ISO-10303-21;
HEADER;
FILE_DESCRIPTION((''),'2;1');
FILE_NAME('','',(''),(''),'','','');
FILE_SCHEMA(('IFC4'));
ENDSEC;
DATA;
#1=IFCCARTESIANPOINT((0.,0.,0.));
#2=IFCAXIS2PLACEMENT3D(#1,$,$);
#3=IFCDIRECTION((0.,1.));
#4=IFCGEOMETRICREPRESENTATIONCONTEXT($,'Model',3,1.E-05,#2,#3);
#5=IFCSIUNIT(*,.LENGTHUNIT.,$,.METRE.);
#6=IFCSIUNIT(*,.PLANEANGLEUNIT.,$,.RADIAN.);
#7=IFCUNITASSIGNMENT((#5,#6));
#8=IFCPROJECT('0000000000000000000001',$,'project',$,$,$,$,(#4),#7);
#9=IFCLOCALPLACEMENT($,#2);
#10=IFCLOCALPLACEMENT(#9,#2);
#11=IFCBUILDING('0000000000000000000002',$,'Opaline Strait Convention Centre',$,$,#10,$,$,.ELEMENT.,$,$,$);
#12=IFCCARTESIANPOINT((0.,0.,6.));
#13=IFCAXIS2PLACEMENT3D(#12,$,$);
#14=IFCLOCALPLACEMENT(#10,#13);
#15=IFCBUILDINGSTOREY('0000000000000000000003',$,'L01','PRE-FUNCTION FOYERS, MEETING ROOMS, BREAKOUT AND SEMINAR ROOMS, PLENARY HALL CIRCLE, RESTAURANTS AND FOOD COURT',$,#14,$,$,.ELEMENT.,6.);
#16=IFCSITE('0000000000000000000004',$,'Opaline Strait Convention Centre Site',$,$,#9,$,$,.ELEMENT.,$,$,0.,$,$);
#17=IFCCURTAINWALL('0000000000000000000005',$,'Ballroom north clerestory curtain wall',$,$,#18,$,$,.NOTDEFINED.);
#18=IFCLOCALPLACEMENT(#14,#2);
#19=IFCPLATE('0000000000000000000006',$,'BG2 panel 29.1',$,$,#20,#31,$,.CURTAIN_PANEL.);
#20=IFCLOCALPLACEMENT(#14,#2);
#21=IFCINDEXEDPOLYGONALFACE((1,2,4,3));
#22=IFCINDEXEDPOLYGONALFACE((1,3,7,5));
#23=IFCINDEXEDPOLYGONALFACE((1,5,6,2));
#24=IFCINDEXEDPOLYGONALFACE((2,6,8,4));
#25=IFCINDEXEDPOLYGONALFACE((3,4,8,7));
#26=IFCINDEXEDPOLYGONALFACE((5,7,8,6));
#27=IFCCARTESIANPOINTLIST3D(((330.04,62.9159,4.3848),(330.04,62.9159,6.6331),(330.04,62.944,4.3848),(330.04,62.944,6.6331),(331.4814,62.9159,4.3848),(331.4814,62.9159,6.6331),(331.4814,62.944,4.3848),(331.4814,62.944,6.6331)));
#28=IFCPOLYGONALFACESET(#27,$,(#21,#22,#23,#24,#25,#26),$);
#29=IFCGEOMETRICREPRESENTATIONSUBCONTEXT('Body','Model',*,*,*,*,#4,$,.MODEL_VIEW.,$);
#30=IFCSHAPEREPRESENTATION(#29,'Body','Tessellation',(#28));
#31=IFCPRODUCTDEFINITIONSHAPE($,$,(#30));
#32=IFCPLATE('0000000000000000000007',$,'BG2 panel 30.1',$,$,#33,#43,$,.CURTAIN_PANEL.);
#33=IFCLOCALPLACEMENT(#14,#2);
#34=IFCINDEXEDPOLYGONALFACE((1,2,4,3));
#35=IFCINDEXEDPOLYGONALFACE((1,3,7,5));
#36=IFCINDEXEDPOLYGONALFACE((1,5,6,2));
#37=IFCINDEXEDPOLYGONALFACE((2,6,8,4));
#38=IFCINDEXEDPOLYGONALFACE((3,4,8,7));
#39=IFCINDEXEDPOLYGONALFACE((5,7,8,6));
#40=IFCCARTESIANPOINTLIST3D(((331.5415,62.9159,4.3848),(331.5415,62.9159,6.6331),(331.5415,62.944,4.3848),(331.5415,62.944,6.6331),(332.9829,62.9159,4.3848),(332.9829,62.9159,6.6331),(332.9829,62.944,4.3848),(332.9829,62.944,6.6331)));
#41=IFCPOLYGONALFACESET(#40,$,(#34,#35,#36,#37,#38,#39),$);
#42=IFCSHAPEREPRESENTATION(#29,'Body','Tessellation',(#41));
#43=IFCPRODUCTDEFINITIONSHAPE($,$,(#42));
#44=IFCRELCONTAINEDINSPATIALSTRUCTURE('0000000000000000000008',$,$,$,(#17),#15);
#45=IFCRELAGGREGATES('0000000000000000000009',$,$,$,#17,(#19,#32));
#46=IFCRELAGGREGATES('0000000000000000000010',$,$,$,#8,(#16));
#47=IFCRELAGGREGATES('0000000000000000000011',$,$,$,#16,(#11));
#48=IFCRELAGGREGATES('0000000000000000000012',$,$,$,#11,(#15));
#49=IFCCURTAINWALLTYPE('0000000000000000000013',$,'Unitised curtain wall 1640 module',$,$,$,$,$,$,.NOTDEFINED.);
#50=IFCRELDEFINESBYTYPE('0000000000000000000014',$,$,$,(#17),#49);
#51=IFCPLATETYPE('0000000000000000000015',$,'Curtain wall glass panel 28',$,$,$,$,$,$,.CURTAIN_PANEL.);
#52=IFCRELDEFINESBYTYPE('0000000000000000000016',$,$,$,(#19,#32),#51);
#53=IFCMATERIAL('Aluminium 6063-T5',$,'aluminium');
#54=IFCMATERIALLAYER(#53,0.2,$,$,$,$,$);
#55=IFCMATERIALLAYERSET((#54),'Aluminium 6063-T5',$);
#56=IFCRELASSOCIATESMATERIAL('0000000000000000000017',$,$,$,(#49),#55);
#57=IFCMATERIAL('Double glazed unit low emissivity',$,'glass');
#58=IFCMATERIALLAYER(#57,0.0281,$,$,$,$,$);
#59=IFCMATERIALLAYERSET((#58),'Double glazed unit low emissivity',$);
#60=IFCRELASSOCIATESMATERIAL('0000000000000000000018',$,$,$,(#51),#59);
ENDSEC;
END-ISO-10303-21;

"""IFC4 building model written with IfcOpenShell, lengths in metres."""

from ifc_helpers import new_model, si_unit, direction, frame, origin, origin_2d, place, context, subcontext, project, spatial, rectangle, extrude, material, layer, layer_set, type_object, element, aggregate, save


model = new_model("IFC4")

# Units and contexts
model_context = context("Model", 3, precision=1e-05, world=origin(), true_north=direction((0.0, 1.0)))
body_context = subcontext(model_context, "Body", "Model", "MODEL_VIEW")
ifc_project = project(units=[si_unit("LENGTHUNIT", "METRE"), si_unit("PLANEANGLEUNIT", "RADIAN")], contexts=[model_context])

# Site, building, storey
site_placement = place(None, origin())
site = spatial("IfcSite", under=ifc_project, at=site_placement, Name="Opaline Strait Convention Centre Site", CompositionType="ELEMENT", RefElevation=0.0)
building_placement = place(site_placement, origin())
building = spatial("IfcBuilding", under=site, at=building_placement, Name="Opaline Strait Convention Centre", CompositionType="ELEMENT")
storey_placement = place(building_placement, frame((0.0, 0.0, 6.0)))
storey = spatial("IfcBuildingStorey", under=building, at=storey_placement, Name="L01", Description="PRE-FUNCTION FOYERS, MEETING ROOMS, BREAKOUT AND SEMINAR ROOMS, PLENARY HALL CIRCLE, RESTAURANTS AND FOOD COURT", CompositionType="ELEMENT", Elevation=6.0)

# Shared definitions
ifc_material_1 = material(Name="Aluminium 6063-T5", Category="aluminium")
ifc_layer_1 = layer(ifc_material_1, 0.2)
ifc_layer_set_1 = layer_set([ifc_layer_1], Name="Aluminium 6063-T5")
curtain_wall_type = type_object("IfcCurtainWallType", Name="Unitised curtain wall 1640 module", PredefinedType="NOTDEFINED", material=ifc_layer_set_1)

# Curtain wall, plates
curtain_wall_1_placement = place(storey_placement, origin())
curtain_wall_1 = element("IfcCurtainWall", 1, at=curtain_wall_1_placement, inside=storey, type_object=curtain_wall_type, Name="Ballroom north clerestory curtain wall", PredefinedType="NOTDEFINED")
ifc_material_2 = material(Name="Double glazed unit low emissivity", Category="glass")
ifc_layer_2 = layer(ifc_material_2, 0.0281)
ifc_layer_set_2 = layer_set([ifc_layer_2], Name="Double glazed unit low emissivity")
plate_type = type_object("IfcPlateType", Name="Curtain wall glass panel 28", PredefinedType="CURTAIN_PANEL", material=ifc_layer_set_2)
plate_1_placement = place(storey_placement, frame((330.7607, 62.9299, 4.3848), z_axis=(0.0, 0.0, 1.0), x_axis=(1.0, 0.0, 0.0)))
plate_1 = element("IfcPlate", 2, at=plate_1_placement, type_object=plate_type, Name="BG2 panel 29.1", PredefinedType="CURTAIN_PANEL", context=body_context, shape_type="SweptSolid", body=[
    extrude(rectangle(XDim=1.4414, YDim=0.0281, at=origin_2d()), origin(), (0.0, 0.0, 1.0), 2.2483),
])
plate_2_placement = place(storey_placement, frame((332.2622, 62.9299, 4.3848), z_axis=(0.0, 0.0, 1.0), x_axis=(1.0, 0.0, 0.0)))
plate_2 = element("IfcPlate", 3, at=plate_2_placement, type_object=plate_type, Name="BG2 panel 30.1", PredefinedType="CURTAIN_PANEL", context=body_context, shape_type="SweptSolid", body=[
    extrude(rectangle(XDim=1.4414, YDim=0.0281, at=origin_2d()), origin(), (0.0, 0.0, 1.0), 2.2483),
])
aggregate(curtain_wall_1, [plate_1, plate_2])

save(model, "model.ifc")
